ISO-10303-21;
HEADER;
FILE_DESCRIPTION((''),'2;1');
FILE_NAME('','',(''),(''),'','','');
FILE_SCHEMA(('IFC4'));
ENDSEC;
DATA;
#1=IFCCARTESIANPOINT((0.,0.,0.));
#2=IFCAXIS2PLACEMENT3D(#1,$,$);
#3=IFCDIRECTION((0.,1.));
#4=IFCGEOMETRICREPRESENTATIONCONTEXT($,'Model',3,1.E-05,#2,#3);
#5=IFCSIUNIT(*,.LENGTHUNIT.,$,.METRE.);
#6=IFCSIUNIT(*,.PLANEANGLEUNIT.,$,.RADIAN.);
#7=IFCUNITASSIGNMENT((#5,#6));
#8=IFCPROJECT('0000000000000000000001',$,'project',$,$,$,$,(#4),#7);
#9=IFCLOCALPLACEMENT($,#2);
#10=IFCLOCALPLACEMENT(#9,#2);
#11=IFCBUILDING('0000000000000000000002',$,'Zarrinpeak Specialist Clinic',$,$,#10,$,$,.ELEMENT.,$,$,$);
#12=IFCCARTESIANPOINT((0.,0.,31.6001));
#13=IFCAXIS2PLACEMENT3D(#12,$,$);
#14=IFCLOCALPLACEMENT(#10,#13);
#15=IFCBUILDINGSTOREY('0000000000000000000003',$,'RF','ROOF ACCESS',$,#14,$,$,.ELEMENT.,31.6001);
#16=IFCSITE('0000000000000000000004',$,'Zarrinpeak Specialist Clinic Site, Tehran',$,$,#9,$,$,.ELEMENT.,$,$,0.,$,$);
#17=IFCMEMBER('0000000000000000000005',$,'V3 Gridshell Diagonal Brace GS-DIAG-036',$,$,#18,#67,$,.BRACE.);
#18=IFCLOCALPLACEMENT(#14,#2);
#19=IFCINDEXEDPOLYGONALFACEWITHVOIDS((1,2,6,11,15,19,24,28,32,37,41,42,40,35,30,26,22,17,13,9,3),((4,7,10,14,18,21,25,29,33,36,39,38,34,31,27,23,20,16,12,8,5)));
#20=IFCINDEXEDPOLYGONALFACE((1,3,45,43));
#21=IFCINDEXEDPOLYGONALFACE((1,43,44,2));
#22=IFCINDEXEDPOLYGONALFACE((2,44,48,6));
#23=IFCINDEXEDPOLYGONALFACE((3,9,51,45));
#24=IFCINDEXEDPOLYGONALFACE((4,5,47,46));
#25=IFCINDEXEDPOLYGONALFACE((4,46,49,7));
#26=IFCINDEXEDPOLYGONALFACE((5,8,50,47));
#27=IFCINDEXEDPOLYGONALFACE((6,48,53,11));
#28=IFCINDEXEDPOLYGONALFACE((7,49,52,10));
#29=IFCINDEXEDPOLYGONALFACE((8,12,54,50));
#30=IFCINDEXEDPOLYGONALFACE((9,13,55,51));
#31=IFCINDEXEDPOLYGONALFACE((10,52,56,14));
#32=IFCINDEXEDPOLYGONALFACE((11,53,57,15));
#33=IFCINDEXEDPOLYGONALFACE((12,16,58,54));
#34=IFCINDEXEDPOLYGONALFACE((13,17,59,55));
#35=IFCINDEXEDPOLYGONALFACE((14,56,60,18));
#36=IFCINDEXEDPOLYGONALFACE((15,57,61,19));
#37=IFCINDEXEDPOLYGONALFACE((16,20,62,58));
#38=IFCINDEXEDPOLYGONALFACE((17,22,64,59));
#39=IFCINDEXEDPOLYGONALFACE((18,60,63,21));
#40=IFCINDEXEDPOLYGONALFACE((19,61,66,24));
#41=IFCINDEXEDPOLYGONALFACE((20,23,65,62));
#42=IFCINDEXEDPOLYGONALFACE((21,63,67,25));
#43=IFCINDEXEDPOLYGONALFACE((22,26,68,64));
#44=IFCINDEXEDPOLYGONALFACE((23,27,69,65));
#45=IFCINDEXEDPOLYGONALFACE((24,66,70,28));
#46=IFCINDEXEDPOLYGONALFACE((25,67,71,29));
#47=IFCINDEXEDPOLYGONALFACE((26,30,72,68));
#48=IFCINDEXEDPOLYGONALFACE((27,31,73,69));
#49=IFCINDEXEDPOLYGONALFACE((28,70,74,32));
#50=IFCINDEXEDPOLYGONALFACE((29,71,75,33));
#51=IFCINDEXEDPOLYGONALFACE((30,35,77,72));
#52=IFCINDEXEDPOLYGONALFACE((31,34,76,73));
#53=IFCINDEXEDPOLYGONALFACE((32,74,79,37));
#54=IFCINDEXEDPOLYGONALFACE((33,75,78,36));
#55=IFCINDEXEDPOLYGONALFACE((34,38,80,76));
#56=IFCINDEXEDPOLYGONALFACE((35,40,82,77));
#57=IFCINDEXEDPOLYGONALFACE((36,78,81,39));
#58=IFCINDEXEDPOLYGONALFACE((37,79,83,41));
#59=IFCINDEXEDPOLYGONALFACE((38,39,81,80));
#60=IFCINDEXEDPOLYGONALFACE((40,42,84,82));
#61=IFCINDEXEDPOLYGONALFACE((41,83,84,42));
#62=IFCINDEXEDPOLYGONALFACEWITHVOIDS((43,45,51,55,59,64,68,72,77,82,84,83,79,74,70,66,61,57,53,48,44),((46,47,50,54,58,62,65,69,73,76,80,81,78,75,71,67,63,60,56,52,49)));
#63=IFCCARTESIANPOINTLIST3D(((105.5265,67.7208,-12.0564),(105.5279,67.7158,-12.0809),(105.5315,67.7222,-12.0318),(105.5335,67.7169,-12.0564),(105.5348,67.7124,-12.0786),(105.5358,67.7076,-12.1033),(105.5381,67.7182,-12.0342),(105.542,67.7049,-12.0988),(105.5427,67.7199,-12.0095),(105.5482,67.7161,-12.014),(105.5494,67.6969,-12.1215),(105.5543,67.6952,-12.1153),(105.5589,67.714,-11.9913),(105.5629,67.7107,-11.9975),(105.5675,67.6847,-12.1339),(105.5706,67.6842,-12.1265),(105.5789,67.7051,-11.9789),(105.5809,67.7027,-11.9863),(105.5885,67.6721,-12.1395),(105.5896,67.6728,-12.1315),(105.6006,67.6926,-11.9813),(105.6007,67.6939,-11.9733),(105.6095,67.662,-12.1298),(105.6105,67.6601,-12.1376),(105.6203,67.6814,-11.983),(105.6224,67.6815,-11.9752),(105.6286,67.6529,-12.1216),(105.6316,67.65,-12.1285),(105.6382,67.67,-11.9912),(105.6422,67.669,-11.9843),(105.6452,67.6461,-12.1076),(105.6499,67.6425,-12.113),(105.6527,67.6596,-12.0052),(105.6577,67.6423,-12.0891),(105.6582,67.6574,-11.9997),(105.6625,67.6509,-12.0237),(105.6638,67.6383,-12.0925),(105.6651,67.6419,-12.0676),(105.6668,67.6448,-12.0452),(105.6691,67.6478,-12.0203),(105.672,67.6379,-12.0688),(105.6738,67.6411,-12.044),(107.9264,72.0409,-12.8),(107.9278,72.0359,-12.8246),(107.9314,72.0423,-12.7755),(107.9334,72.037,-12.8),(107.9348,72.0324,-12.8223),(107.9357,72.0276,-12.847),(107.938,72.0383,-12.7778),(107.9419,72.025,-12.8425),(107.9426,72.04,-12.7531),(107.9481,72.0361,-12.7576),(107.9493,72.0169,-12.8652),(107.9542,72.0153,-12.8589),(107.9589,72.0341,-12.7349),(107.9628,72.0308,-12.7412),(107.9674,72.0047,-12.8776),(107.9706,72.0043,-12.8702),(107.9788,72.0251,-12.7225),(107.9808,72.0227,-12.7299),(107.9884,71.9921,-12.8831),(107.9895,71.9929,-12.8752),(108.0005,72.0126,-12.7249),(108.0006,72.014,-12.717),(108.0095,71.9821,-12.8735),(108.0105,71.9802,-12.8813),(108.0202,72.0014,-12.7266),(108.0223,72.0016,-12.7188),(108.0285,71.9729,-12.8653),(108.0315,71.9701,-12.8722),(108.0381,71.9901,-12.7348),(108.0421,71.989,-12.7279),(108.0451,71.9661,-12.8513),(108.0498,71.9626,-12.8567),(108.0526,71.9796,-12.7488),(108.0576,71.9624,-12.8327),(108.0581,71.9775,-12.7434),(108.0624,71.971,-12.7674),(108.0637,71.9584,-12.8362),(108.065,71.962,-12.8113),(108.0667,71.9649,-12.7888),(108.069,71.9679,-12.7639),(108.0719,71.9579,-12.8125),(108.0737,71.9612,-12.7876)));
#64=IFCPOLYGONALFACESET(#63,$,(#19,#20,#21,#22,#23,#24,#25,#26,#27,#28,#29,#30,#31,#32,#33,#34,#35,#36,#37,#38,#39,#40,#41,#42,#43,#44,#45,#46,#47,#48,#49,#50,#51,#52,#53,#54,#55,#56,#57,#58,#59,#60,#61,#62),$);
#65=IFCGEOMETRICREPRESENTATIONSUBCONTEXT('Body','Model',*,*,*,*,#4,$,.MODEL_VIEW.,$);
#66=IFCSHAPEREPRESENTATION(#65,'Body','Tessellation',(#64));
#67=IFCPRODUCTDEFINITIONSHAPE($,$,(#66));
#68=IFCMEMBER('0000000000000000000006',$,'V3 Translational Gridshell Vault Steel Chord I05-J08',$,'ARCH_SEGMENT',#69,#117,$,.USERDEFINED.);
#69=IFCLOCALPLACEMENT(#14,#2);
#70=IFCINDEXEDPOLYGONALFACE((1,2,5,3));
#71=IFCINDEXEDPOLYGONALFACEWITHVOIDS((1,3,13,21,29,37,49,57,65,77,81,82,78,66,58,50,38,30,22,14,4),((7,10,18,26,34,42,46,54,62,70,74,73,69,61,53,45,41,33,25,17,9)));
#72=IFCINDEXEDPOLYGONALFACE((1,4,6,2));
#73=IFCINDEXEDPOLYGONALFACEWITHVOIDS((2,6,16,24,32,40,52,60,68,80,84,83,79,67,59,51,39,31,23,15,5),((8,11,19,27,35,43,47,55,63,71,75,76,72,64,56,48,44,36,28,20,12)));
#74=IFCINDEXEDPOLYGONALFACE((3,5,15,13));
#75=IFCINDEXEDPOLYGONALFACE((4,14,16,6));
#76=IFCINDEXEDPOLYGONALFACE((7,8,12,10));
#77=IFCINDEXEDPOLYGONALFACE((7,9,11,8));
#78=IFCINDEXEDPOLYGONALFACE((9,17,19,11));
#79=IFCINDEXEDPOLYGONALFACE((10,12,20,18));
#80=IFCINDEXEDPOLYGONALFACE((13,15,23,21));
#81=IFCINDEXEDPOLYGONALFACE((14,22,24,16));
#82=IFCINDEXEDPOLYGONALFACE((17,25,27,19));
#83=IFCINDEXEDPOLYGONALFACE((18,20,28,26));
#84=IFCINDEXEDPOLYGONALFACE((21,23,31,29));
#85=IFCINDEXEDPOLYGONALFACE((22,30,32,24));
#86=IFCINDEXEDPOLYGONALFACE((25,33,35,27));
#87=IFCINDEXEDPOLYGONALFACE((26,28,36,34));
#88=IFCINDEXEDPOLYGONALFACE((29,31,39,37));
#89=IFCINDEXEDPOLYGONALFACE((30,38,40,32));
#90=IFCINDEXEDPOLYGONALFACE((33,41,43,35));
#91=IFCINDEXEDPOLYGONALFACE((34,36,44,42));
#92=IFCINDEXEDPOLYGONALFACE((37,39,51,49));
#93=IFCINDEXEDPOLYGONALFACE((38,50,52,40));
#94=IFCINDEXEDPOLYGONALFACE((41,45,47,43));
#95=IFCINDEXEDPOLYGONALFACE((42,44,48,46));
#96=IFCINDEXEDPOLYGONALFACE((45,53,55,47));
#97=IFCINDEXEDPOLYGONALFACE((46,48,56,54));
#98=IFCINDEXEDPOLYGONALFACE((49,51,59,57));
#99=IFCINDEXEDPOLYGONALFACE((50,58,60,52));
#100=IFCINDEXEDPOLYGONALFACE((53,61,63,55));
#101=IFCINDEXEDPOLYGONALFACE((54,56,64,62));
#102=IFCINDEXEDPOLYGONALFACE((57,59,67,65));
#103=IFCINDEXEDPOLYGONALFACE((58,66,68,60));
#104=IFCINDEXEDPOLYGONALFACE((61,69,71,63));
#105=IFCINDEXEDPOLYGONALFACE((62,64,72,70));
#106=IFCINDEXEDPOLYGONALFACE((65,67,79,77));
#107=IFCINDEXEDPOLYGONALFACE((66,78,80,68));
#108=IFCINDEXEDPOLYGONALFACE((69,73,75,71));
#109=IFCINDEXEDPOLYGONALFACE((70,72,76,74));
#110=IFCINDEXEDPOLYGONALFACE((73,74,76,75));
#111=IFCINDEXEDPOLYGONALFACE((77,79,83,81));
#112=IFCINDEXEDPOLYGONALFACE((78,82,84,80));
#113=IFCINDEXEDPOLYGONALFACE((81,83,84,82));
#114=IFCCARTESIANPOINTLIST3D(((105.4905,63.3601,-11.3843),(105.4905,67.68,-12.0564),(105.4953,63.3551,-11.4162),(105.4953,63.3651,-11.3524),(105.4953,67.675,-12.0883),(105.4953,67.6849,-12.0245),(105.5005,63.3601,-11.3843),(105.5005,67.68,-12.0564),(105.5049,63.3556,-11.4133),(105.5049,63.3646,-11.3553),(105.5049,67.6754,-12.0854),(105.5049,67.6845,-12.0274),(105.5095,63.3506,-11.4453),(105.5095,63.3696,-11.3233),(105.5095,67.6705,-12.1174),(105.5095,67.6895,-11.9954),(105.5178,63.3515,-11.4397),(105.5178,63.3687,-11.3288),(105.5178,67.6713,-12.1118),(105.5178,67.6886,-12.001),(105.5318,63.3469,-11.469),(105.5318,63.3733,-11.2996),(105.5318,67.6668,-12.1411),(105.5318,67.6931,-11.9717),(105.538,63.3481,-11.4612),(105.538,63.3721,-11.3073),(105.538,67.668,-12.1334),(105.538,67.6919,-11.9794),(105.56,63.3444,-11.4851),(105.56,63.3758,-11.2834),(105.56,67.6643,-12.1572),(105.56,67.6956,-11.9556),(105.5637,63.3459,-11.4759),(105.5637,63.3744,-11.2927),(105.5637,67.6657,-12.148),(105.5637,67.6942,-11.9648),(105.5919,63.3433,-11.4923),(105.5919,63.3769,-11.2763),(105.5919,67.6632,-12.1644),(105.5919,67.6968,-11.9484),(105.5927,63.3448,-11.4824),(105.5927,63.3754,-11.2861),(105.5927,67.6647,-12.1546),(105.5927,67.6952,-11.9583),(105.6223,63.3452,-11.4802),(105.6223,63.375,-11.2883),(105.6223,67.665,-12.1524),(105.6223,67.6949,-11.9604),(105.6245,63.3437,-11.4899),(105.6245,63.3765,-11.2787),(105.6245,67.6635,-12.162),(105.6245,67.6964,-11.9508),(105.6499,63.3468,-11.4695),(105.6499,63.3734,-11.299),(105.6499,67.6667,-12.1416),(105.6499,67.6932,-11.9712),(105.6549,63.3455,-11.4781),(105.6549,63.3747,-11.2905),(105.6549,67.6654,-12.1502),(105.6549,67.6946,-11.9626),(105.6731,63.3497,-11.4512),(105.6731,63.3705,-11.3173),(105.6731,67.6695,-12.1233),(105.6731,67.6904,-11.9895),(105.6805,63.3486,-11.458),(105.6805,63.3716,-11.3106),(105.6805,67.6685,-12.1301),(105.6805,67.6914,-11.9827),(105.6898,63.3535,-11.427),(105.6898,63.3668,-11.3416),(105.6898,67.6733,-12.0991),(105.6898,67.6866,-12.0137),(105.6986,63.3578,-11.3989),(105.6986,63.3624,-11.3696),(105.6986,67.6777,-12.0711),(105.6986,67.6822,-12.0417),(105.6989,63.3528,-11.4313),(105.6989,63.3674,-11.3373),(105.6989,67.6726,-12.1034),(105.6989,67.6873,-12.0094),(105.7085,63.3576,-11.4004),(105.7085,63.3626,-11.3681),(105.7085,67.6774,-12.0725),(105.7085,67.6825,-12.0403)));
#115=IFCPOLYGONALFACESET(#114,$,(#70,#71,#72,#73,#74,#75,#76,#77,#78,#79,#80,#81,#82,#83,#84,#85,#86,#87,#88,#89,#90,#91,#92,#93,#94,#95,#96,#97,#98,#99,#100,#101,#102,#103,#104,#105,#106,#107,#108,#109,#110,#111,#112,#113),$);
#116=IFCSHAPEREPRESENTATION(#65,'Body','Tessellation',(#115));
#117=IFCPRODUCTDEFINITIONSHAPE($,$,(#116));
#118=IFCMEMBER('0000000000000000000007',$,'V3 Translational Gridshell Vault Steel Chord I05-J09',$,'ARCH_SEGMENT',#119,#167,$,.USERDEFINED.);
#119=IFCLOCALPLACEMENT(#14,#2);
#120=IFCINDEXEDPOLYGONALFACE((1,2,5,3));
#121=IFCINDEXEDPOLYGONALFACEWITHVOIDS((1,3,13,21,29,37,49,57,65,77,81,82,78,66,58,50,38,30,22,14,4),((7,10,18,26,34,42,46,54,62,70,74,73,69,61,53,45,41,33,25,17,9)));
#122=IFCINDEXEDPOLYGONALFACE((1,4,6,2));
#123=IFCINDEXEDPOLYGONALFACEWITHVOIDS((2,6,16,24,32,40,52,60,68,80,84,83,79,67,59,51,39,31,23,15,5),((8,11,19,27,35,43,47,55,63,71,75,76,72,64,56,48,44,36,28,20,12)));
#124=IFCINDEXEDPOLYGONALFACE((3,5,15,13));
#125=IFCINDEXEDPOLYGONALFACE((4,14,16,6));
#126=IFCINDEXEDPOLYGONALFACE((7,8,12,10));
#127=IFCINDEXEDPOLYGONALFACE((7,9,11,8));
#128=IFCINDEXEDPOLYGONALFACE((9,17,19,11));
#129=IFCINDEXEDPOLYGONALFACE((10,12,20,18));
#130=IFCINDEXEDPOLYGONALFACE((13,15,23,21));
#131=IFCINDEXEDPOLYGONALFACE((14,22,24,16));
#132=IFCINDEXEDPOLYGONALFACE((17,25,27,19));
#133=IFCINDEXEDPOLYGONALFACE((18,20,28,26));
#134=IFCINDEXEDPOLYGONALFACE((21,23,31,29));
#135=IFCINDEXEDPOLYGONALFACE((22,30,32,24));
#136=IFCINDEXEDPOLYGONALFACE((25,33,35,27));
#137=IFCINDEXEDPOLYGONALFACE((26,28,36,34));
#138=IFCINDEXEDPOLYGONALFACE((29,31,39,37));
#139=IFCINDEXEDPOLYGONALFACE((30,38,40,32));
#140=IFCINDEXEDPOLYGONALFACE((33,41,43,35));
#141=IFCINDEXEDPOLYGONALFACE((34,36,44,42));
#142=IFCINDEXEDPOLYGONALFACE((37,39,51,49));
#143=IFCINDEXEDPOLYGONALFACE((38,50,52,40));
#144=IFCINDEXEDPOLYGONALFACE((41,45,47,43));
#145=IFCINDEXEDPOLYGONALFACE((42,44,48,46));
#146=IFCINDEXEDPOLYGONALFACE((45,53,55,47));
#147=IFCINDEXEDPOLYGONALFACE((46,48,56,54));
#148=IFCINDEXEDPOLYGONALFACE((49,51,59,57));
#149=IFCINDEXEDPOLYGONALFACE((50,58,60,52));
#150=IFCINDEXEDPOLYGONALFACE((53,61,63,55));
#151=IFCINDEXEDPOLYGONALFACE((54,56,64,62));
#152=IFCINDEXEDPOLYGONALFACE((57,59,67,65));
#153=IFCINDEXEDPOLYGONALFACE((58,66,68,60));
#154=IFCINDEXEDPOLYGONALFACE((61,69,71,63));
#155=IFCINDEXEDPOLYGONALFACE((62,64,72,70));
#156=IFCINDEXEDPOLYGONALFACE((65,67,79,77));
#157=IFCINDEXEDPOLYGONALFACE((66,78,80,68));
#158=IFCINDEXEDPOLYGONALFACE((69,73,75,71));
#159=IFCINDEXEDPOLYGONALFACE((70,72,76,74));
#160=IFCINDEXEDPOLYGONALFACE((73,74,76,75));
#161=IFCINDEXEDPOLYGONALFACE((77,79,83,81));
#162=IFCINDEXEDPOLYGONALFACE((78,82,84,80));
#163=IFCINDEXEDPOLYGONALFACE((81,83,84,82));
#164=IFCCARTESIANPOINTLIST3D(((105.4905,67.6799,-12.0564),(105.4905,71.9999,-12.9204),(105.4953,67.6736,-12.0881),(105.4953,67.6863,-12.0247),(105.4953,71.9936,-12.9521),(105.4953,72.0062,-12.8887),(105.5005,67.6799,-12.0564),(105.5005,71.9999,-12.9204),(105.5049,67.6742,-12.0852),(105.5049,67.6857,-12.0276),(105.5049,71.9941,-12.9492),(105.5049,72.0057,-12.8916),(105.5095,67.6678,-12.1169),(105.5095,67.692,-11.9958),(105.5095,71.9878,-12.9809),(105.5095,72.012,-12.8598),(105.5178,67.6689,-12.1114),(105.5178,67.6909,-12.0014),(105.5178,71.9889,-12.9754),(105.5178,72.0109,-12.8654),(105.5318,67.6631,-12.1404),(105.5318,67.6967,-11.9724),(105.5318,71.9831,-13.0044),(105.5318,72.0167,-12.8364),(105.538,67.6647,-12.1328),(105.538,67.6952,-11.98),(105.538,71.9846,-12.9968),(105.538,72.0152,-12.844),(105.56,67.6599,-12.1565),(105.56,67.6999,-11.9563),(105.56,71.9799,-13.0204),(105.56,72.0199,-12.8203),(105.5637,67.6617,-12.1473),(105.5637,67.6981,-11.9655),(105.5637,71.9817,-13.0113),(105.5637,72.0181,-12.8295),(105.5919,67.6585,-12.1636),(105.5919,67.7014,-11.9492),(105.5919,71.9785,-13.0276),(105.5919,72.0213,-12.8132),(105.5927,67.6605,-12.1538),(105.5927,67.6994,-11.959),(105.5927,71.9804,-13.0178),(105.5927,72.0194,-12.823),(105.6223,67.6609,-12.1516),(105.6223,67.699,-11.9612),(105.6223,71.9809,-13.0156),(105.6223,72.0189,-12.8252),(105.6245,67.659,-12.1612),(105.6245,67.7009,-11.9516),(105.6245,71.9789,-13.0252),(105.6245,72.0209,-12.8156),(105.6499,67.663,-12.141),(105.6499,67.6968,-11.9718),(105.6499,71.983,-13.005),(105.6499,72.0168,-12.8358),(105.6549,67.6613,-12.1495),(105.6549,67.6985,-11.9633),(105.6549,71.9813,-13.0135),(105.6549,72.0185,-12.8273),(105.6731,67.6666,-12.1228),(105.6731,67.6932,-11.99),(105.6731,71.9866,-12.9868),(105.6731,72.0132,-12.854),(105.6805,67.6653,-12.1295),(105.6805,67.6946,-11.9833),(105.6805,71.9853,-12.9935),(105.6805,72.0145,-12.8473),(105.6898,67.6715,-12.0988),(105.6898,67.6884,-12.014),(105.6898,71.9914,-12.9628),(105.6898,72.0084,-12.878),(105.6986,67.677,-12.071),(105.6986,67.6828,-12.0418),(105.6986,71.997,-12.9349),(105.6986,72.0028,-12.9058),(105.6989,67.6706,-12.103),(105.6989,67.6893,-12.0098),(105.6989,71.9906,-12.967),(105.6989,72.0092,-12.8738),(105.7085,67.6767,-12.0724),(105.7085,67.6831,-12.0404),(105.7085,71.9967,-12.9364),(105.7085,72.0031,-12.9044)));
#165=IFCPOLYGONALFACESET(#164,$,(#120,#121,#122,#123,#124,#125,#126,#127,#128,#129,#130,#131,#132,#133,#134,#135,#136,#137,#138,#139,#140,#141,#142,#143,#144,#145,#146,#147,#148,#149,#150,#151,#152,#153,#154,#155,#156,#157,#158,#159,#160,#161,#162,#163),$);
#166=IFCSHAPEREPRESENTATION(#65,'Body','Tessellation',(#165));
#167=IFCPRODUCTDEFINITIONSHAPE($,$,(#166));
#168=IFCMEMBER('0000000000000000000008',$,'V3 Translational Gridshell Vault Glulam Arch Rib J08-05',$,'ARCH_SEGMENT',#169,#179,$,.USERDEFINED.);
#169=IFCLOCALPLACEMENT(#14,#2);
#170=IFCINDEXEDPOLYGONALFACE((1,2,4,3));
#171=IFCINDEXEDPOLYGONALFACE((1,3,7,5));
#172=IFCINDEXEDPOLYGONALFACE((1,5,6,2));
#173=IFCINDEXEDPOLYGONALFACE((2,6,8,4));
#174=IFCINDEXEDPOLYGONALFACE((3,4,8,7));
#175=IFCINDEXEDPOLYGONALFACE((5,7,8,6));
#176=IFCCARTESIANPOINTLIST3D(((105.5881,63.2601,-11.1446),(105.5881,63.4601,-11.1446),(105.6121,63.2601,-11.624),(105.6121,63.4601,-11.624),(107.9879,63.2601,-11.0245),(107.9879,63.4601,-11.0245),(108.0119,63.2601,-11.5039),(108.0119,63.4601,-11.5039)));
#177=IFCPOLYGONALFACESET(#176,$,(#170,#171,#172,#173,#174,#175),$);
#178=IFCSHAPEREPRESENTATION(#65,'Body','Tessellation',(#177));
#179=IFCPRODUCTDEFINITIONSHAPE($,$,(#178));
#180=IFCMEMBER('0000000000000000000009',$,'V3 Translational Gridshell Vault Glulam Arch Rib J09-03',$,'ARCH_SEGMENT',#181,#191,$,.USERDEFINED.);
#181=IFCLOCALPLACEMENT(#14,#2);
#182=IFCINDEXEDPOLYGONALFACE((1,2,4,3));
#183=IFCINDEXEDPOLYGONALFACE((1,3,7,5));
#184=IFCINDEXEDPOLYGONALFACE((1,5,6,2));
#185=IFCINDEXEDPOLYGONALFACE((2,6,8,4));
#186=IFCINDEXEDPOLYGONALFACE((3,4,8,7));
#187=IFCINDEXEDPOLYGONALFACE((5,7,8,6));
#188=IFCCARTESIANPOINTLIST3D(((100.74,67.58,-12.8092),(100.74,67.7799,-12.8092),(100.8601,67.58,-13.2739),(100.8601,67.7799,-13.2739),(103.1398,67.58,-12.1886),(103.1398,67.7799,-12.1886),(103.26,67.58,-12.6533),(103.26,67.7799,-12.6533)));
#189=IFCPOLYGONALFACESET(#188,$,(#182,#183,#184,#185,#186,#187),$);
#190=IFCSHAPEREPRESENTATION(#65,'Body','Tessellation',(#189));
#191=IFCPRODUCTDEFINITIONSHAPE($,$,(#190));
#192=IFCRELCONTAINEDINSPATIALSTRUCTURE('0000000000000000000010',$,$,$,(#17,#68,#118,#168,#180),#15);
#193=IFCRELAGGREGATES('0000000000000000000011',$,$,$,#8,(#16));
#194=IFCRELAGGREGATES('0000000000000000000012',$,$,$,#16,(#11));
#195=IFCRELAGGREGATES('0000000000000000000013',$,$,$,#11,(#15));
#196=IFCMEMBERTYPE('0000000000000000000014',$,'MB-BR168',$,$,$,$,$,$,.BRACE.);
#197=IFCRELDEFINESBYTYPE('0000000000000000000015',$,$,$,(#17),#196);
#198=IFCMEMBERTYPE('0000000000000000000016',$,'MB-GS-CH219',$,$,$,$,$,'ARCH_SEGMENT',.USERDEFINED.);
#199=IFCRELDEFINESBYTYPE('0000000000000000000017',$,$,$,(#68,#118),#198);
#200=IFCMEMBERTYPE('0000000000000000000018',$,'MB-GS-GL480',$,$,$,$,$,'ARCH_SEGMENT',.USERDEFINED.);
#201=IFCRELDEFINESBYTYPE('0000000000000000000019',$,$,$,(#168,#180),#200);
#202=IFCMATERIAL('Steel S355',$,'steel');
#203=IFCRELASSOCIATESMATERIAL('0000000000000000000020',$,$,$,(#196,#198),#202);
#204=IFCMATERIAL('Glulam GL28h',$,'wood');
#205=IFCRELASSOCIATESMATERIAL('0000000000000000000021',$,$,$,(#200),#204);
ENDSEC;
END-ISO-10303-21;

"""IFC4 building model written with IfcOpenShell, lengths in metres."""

from ifc_helpers import new_model, si_unit, direction, frame, origin, origin_2d, place, context, subcontext, project, spatial, rectangle, hollow_circle, extrude, material, material_profile, profile_set, type_object, element, save


model = new_model("IFC4")

# Units and contexts
model_context = context("Model", 3, precision=1e-05, world=origin(), true_north=direction((0.0, 1.0)))
body_context = subcontext(model_context, "Body", "Model", "MODEL_VIEW")
ifc_project = project(units=[si_unit("LENGTHUNIT", "METRE"), si_unit("PLANEANGLEUNIT", "RADIAN")], contexts=[model_context])

# Site, building, storey
site_placement = place(None, origin())
site = spatial("IfcSite", under=ifc_project, at=site_placement, Name="Zarrinpeak Specialist Clinic Site, Tehran", CompositionType="ELEMENT", RefElevation=0.0)
building_placement = place(site_placement, origin())
building = spatial("IfcBuilding", under=site, at=building_placement, Name="Zarrinpeak Specialist Clinic", CompositionType="ELEMENT")
storey_placement = place(building_placement, frame((0.0, 0.0, 31.6001)))
storey = spatial("IfcBuildingStorey", under=building, at=storey_placement, Name="RF", Description="ROOF ACCESS", CompositionType="ELEMENT", Elevation=31.6001)

# Members
ifc_material_1 = material(Name="Steel S355", Category="steel")
ifc_material_profile_1 = material_profile(ifc_material_1, hollow_circle(Radius=0.0842, WallThickness=0.0081, at=origin_2d()), Name="CHS 168.3x8.0")
ifc_profile_set_1 = profile_set([ifc_material_profile_1], Name="Steel S355")
member_type_1 = type_object("IfcMemberType", Name="MB-BR168", PredefinedType="BRACE", material=ifc_profile_set_1)
member_1_placement = place(storey_placement, frame((105.6001, 67.6799, -12.0564), z_axis=(0.480215, 0.864437, -0.148803), x_axis=(-0.874169, 0.485622, 0.0)))
element("IfcMember", 1, at=member_1_placement, inside=storey, type_object=member_type_1, Name="V3 Gridshell Diagonal Brace GS-DIAG-036", PredefinedType="BRACE", context=body_context, shape_type="SweptSolid", body=[
    extrude(hollow_circle(Radius=0.0842, WallThickness=0.0081, at=origin_2d()), origin(), (0.0, 0.0, 1.0), 4.9976),
])
ifc_material_profile_2 = material_profile(ifc_material_1, hollow_circle(Radius=0.1096, WallThickness=0.01, at=origin_2d()), Name="CHS 219.1x10.0")
ifc_profile_set_2 = profile_set([ifc_material_profile_2], Name="Steel S355")
member_type_2 = type_object("IfcMemberType", Name="MB-GS-CH219", ElementType="ARCH_SEGMENT", PredefinedType="USERDEFINED", material=ifc_profile_set_2)
member_2_placement = place(storey_placement, frame((105.6001, 63.3601, -11.3843), z_axis=(0.0, 0.988111, -0.15374), x_axis=(-1.0, 0.0, 0.0)))
element("IfcMember", 2, at=member_2_placement, inside=storey, type_object=member_type_2, Name="V3 Translational Gridshell Vault Steel Chord I05-J08", ObjectType="ARCH_SEGMENT", PredefinedType="USERDEFINED", context=body_context, shape_type="SweptSolid", body=[
    extrude(hollow_circle(Radius=0.1096, WallThickness=0.01, at=origin_2d()), origin(), (0.0, 0.0, 1.0), 4.3718),
])
member_3_placement = place(storey_placement, frame((105.6001, 67.6799, -12.0564), z_axis=(0.0, 0.980581, -0.196116), x_axis=(-1.0, 0.0, 0.0)))
element("IfcMember", 3, at=member_3_placement, inside=storey, type_object=member_type_2, Name="V3 Translational Gridshell Vault Steel Chord I05-J09", ObjectType="ARCH_SEGMENT", PredefinedType="USERDEFINED", context=body_context, shape_type="SweptSolid", body=[
    extrude(hollow_circle(Radius=0.1096, WallThickness=0.01, at=origin_2d()), origin(), (0.0, 0.0, 1.0), 4.4055),
])
ifc_material_2 = material(Name="Glulam GL28h", Category="wood")
ifc_material_profile_3 = material_profile(ifc_material_2, rectangle(XDim=0.2, YDim=0.48, at=origin_2d()), Name="GL28h 200x480")
ifc_profile_set_3 = profile_set([ifc_material_profile_3], Name="Glulam GL28h")
member_type_3 = type_object("IfcMemberType", Name="MB-GS-GL480", ElementType="ARCH_SEGMENT", PredefinedType="USERDEFINED", material=ifc_profile_set_3)
member_4_placement = place(storey_placement, frame((105.6001, 63.3601, -11.3843), z_axis=(0.99875, 0.0, 0.049988), x_axis=(0.0, 1.0, 0.0)))
element("IfcMember", 4, at=member_4_placement, inside=storey, type_object=member_type_3, Name="V3 Translational Gridshell Vault Glulam Arch Rib J08-05", ObjectType="ARCH_SEGMENT", PredefinedType="USERDEFINED", context=body_context, shape_type="SweptSolid", body=[
    extrude(rectangle(XDim=0.2, YDim=0.48, at=origin_2d()), origin(), (0.0, 0.0, 1.0), 2.4028),
])
member_5_placement = place(storey_placement, frame((100.8, 67.6799, -13.0415), z_axis=(0.968153, 0.0, 0.250361), x_axis=(0.0, 1.0, 0.0)))
element("IfcMember", 5, at=member_5_placement, inside=storey, type_object=member_type_3, Name="V3 Translational Gridshell Vault Glulam Arch Rib J09-03", ObjectType="ARCH_SEGMENT", PredefinedType="USERDEFINED", context=body_context, shape_type="SweptSolid", body=[
    extrude(rectangle(XDim=0.2, YDim=0.48, at=origin_2d()), origin(), (0.0, 0.0, 1.0), 2.4788),
])

save(model, "model.ifc")
